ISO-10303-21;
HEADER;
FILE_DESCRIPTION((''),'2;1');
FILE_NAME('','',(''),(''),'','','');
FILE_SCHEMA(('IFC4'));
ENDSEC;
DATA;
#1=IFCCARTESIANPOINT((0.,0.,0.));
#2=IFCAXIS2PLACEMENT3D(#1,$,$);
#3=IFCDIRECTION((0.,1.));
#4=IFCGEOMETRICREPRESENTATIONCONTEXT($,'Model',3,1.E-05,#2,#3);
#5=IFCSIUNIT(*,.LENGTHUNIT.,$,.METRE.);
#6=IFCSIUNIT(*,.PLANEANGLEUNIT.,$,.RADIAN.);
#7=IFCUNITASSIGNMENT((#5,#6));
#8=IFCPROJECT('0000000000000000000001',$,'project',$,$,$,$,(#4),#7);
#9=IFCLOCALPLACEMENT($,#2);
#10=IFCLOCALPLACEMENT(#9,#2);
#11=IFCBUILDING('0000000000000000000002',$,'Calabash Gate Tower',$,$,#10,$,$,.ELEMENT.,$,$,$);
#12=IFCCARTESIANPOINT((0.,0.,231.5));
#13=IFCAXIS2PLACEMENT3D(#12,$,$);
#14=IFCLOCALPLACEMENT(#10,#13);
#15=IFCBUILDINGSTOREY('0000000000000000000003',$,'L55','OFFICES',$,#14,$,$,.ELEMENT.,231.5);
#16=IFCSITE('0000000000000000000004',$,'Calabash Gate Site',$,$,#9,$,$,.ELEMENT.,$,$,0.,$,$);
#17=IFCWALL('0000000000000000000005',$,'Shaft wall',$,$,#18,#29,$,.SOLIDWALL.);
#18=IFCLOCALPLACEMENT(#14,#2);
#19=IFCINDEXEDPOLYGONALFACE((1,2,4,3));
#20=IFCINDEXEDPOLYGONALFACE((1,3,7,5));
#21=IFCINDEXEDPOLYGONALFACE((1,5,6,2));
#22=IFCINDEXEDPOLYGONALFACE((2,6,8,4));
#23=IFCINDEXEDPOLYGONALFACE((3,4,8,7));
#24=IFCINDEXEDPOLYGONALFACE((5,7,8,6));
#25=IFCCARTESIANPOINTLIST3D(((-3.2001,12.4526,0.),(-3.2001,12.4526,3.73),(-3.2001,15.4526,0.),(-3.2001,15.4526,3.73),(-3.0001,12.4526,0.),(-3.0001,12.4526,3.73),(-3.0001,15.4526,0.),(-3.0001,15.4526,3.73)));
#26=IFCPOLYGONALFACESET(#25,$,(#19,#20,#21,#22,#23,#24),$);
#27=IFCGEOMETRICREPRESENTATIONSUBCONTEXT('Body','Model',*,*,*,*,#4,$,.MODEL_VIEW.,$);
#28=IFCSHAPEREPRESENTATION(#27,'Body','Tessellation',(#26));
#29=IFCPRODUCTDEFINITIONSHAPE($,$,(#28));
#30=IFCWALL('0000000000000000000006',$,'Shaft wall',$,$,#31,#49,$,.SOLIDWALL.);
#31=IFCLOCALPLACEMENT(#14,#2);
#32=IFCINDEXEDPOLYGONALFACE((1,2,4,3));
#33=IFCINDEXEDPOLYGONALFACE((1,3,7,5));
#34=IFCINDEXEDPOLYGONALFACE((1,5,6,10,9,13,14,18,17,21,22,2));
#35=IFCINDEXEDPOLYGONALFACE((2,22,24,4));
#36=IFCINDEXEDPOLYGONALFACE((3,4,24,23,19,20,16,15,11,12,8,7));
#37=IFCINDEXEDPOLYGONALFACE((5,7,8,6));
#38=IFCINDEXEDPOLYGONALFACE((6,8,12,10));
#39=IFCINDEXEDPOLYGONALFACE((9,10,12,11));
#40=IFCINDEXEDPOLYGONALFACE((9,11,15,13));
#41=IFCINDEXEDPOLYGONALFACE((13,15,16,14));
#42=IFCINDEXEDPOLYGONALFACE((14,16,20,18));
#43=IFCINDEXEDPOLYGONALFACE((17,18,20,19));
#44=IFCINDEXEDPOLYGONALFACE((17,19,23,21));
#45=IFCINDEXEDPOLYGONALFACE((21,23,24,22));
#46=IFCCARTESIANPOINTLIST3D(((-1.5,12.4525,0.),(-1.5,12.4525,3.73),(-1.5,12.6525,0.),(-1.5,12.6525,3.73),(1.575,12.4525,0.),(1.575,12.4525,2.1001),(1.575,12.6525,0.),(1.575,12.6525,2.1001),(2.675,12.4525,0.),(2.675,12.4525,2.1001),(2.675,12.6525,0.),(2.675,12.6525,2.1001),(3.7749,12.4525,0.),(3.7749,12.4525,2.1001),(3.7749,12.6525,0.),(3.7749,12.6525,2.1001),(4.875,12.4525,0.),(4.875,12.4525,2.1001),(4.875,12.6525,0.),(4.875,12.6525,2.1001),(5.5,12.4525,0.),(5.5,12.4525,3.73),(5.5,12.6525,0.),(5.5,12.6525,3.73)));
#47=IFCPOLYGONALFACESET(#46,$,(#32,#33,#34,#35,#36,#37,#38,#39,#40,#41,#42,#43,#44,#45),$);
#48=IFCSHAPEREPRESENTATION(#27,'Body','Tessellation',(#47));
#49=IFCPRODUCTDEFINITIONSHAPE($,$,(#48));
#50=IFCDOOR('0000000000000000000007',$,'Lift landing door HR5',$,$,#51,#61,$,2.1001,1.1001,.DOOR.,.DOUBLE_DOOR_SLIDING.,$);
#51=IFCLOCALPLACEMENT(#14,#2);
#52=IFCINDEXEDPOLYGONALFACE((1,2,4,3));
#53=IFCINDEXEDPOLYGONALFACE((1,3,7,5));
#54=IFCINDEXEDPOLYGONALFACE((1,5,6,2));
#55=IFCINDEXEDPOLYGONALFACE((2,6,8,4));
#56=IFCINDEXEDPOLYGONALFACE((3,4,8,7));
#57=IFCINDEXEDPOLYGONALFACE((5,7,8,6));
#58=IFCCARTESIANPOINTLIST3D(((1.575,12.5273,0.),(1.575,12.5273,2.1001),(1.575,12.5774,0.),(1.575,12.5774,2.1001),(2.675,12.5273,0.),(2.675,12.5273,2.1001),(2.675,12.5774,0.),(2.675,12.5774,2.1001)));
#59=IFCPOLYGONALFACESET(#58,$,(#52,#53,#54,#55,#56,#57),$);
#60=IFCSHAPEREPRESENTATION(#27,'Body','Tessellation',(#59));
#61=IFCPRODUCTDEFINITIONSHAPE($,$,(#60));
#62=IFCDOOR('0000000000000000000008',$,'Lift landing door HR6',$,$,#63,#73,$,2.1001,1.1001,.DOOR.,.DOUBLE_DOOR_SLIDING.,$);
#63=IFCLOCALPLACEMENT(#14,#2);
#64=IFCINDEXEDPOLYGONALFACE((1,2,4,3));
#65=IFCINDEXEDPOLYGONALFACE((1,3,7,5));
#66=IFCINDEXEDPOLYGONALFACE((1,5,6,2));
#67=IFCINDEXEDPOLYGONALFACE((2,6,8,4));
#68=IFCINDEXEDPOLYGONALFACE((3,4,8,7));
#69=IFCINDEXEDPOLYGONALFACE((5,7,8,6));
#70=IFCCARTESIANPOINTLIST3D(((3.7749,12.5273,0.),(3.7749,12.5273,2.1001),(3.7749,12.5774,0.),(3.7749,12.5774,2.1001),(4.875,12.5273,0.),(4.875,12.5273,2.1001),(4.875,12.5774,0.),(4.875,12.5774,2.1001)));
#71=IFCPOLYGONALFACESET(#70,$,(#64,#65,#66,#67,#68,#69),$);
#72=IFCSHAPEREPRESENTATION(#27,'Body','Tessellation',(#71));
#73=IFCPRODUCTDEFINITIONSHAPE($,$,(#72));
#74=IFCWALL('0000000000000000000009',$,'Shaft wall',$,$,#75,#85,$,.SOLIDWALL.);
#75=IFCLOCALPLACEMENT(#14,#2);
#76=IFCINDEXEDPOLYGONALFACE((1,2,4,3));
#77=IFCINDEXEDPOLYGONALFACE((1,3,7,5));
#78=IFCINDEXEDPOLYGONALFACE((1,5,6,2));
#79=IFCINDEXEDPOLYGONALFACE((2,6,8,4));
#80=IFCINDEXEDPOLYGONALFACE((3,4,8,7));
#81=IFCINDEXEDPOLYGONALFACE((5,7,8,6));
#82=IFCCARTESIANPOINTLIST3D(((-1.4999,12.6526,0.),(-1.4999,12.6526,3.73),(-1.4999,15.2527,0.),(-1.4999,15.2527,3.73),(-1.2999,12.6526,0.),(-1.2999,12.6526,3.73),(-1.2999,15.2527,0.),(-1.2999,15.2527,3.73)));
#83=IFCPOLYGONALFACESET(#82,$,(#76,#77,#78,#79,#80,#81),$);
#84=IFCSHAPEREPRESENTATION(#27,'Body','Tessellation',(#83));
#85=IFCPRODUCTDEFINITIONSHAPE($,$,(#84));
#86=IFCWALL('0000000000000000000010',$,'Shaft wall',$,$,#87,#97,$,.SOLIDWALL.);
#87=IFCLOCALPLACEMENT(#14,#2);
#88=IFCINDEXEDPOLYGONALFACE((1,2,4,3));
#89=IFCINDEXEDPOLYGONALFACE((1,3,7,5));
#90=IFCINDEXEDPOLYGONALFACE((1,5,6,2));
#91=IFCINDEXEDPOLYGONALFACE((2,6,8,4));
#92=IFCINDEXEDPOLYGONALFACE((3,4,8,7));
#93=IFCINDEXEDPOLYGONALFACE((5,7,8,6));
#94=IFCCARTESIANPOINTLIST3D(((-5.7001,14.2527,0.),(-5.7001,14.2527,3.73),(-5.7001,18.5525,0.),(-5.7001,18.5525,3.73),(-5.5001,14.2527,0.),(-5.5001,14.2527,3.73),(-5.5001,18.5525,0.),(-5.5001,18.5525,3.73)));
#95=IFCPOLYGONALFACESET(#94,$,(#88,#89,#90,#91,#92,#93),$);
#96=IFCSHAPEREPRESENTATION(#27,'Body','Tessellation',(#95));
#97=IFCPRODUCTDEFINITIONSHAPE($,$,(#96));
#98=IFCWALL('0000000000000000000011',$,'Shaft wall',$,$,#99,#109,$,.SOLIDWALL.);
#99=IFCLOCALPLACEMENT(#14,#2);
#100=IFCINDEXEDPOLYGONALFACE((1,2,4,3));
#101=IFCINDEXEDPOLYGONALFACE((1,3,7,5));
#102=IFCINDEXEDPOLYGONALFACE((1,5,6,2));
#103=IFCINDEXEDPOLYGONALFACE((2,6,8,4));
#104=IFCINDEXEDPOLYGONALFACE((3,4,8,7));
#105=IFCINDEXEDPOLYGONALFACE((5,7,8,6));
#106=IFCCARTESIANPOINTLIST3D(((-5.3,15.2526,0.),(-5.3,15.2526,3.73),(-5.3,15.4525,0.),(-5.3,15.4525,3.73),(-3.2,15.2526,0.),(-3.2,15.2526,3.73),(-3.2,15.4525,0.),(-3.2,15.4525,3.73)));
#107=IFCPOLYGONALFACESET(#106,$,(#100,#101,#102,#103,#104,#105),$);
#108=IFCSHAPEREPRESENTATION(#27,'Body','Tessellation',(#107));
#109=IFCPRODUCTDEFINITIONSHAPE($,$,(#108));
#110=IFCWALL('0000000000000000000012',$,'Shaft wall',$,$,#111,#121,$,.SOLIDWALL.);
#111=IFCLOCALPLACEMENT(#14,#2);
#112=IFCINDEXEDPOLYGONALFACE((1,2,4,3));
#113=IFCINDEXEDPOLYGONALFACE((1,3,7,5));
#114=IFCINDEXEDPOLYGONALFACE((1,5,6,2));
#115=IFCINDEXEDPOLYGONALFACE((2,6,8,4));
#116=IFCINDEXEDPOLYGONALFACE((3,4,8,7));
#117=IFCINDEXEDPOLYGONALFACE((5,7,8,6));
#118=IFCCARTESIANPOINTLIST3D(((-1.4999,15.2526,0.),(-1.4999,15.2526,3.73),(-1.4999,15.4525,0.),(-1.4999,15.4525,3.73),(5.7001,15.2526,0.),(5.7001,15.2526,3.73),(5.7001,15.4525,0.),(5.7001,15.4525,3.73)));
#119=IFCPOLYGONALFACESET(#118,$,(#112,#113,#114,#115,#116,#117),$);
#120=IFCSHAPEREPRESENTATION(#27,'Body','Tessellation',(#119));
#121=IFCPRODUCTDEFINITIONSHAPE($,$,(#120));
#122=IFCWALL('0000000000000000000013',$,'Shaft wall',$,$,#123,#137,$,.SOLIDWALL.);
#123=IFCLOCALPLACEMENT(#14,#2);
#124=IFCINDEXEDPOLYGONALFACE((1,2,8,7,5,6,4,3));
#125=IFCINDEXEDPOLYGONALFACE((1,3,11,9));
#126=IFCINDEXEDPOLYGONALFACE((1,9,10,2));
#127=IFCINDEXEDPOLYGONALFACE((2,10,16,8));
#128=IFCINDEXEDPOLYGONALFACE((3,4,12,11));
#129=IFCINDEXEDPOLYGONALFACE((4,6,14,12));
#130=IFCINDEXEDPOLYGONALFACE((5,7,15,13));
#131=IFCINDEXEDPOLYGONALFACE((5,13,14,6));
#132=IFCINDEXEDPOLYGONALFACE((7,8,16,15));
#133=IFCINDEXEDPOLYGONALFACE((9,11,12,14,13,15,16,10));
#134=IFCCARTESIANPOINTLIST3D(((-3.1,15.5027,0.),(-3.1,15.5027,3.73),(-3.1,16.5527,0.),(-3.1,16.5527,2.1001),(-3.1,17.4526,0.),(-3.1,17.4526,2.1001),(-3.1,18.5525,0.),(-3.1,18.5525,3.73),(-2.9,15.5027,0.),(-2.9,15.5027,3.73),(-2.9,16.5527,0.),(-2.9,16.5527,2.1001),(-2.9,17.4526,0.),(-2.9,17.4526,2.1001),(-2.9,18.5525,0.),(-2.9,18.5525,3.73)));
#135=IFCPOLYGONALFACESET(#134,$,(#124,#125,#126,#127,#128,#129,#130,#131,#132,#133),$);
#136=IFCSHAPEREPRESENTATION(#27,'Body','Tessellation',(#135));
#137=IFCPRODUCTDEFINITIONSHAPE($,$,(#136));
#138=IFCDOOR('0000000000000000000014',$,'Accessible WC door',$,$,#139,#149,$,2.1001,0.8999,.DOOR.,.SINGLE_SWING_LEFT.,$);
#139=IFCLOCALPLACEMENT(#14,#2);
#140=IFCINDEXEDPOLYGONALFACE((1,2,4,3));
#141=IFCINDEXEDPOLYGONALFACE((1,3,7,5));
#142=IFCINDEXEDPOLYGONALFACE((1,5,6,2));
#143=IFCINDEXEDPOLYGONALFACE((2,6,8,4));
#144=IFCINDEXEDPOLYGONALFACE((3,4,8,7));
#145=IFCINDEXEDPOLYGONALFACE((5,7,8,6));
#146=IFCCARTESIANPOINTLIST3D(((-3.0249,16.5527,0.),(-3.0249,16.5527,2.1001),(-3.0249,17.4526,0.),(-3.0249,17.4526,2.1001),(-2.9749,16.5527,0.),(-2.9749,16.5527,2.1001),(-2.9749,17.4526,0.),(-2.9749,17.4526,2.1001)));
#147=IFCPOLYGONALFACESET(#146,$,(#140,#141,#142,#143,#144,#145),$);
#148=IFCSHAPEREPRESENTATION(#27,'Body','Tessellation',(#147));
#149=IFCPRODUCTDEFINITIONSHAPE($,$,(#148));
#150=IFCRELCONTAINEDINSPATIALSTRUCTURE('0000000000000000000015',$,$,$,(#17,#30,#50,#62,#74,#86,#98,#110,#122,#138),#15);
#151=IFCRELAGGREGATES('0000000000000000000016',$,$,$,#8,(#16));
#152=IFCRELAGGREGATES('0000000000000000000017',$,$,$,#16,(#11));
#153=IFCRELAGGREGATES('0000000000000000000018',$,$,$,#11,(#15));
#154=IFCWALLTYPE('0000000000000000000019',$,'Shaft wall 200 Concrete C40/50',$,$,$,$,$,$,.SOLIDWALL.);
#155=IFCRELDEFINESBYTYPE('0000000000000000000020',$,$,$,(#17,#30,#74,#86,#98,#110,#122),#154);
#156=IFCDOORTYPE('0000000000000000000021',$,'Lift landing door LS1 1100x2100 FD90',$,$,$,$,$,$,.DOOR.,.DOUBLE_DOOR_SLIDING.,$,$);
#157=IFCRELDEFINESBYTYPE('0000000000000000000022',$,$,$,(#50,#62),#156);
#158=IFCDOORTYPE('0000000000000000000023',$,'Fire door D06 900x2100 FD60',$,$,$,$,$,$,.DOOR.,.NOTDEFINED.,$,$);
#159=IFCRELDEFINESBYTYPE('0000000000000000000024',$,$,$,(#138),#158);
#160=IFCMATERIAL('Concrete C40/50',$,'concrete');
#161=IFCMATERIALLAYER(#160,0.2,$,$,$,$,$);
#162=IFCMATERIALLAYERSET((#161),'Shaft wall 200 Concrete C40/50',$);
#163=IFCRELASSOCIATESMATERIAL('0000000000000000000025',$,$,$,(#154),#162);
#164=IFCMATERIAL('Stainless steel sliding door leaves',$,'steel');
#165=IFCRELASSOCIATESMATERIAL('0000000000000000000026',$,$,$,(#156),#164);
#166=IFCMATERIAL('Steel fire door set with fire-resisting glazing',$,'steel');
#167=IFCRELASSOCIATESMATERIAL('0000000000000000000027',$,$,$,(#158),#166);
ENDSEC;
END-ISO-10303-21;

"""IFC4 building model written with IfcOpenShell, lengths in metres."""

from ifc_helpers import new_model, si_unit, direction, frame, frame_2d, origin, place, context, subcontext, project, spatial, rectangle, extrude, material, layer, layer_set, type_object, element, fill, save


model = new_model("IFC4")

# Units and contexts
model_context = context("Model", 3, precision=1e-05, world=origin(), true_north=direction((0.0, 1.0)))
body_context = subcontext(model_context, "Body", "Model", "MODEL_VIEW")
ifc_project = project(units=[si_unit("LENGTHUNIT", "METRE"), si_unit("PLANEANGLEUNIT", "RADIAN")], contexts=[model_context])

# Site, building, storey
site_placement = place(None, origin())
site = spatial("IfcSite", under=ifc_project, at=site_placement, Name="Calabash Gate Site", CompositionType="ELEMENT", RefElevation=0.0)
building_placement = place(site_placement, origin())
building = spatial("IfcBuilding", under=site, at=building_placement, Name="Calabash Gate Tower", CompositionType="ELEMENT")
storey_placement = place(building_placement, frame((0.0, 0.0, 231.5)))
storey = spatial("IfcBuildingStorey", under=building, at=storey_placement, Name="L55", Description="OFFICES", CompositionType="ELEMENT", Elevation=231.5)

# Shared definitions
ifc_material_1 = material(Name="Concrete C40/50", Category="concrete")
ifc_layer = layer(ifc_material_1, 0.2)
ifc_layer_set = layer_set([ifc_layer], Name="Shaft wall 200 Concrete C40/50")
wall_type = type_object("IfcWallType", Name="Shaft wall 200 Concrete C40/50", PredefinedType="SOLIDWALL", material=ifc_layer_set)

# Shared definitions
ifc_material_2 = material(Name="Stainless steel sliding door leaves", Category="steel")
door_type_1 = type_object("IfcDoorType", Name="Lift landing door LS1 1100x2100 FD90", OperationType="DOUBLE_DOOR_SLIDING", PredefinedType="DOOR", material=ifc_material_2)

# Shared definitions
ifc_material_3 = material(Name="Steel fire door set with fire-resisting glazing", Category="steel")
door_type_2 = type_object("IfcDoorType", Name="Fire door D06 900x2100 FD60", OperationType="NOTDEFINED", PredefinedType="DOOR", material=ifc_material_3)

# Wall
wall_1_placement = place(storey_placement, frame((-3.1001, 12.4526, 0.0), z_axis=(0.0, 0.0, 1.0), x_axis=(0.0, 1.0, 0.0)))
element("IfcWall", 1, at=wall_1_placement, inside=storey, type_object=wall_type, Name="Shaft wall", PredefinedType="SOLIDWALL", context=body_context, shape_type="SweptSolid", body=[
    extrude(rectangle(XDim=3.0, YDim=0.2, at=frame_2d((1.5, 0.0))), origin(), (0.0, 0.0, 1.0), 3.73),
])

# Wall, openings, doors
wall_2_placement = place(storey_placement, frame((-1.5, 12.5525, 0.0), z_axis=(0.0, 0.0, 1.0), x_axis=(1.0, 0.0, 0.0)))
wall_2 = element("IfcWall", 2, at=wall_2_placement, inside=storey, type_object=wall_type, Name="Shaft wall", PredefinedType="SOLIDWALL", context=body_context, shape_type="SweptSolid", body=[
    extrude(rectangle(XDim=7.0, YDim=0.2, at=frame_2d((3.5, 0.0))), origin(), (0.0, 0.0, 1.0), 3.73),
])
opening_1_placement = place(wall_2_placement, frame((3.075, 0.0, 0.0)))
opening_1 = element("IfcOpeningElement", 3, at=opening_1_placement, cuts=wall_2, PredefinedType="OPENING", context=body_context, shape_type="SweptSolid", body=[
    extrude(rectangle(XDim=1.1001, YDim=2.1001, at=frame_2d((0.55, 1.05))), frame((0.0, 0.1099, 0.0), z_axis=(0.0, -1.0, 0.0), x_axis=(1.0, 0.0, 0.0)), (0.0, 0.0, 1.0), 0.22),
])
opening_2_placement = place(wall_2_placement, frame((5.2749, 0.0, 0.0)))
opening_2 = element("IfcOpeningElement", 4, at=opening_2_placement, cuts=wall_2, PredefinedType="OPENING", context=body_context, shape_type="SweptSolid", body=[
    extrude(rectangle(XDim=1.1001, YDim=2.1001, at=frame_2d((0.55, 1.05))), frame((0.0, 0.1099, 0.0), z_axis=(0.0, -1.0, 0.0), x_axis=(1.0, 0.0, 0.0)), (0.0, 0.0, 1.0), 0.22),
])
door_1_placement = place(opening_1_placement, origin())
door_1 = element("IfcDoor", 5, at=door_1_placement, inside=storey, type_object=door_type_1, Name="Lift landing door HR5", OperationType="DOUBLE_DOOR_SLIDING", OverallHeight=2.1001, OverallWidth=1.1001, PredefinedType="DOOR", context=body_context, shape_type="SweptSolid", body=[
    extrude(rectangle(XDim=1.1001, YDim=2.1001, at=frame_2d((0.55, 1.05))), frame((0.0, 0.0249, 0.0), z_axis=(0.0, -1.0, 0.0), x_axis=(1.0, 0.0, 0.0)), (0.0, 0.0, 1.0), 0.05),
])
fill(opening_1, door_1)
door_2_placement = place(opening_2_placement, origin())
door_2 = element("IfcDoor", 6, at=door_2_placement, inside=storey, type_object=door_type_1, Name="Lift landing door HR6", OperationType="DOUBLE_DOOR_SLIDING", OverallHeight=2.1001, OverallWidth=1.1001, PredefinedType="DOOR", context=body_context, shape_type="SweptSolid", body=[
    extrude(rectangle(XDim=1.1001, YDim=2.1001, at=frame_2d((0.55, 1.05))), frame((0.0, 0.0249, 0.0), z_axis=(0.0, -1.0, 0.0), x_axis=(1.0, 0.0, 0.0)), (0.0, 0.0, 1.0), 0.05),
])
fill(opening_2, door_2)

# Walls
wall_3_placement = place(storey_placement, frame((-1.3999, 12.6526, 0.0), z_axis=(0.0, 0.0, 1.0), x_axis=(0.0, 1.0, 0.0)))
element("IfcWall", 7, at=wall_3_placement, inside=storey, type_object=wall_type, Name="Shaft wall", PredefinedType="SOLIDWALL", context=body_context, shape_type="SweptSolid", body=[
    extrude(rectangle(XDim=2.6001, YDim=0.2, at=frame_2d((1.3, 0.0))), origin(), (0.0, 0.0, 1.0), 3.73),
])
wall_4_placement = place(storey_placement, frame((-5.6001, 14.2527, 0.0), z_axis=(0.0, 0.0, 1.0), x_axis=(0.0, 1.0, 0.0)))
element("IfcWall", 8, at=wall_4_placement, inside=storey, type_object=wall_type, Name="Shaft wall", PredefinedType="SOLIDWALL", context=body_context, shape_type="SweptSolid", body=[
    extrude(rectangle(XDim=4.2998, YDim=0.2, at=frame_2d((2.1499, 0.0))), origin(), (0.0, 0.0, 1.0), 3.73),
])
wall_5_placement = place(storey_placement, frame((-5.3, 15.3525, 0.0), z_axis=(0.0, 0.0, 1.0), x_axis=(1.0, 0.0, 0.0)))
element("IfcWall", 9, at=wall_5_placement, inside=storey, type_object=wall_type, Name="Shaft wall", PredefinedType="SOLIDWALL", context=body_context, shape_type="SweptSolid", body=[
    extrude(rectangle(XDim=2.1001, YDim=0.2, at=frame_2d((1.05, 0.0))), origin(), (0.0, 0.0, 1.0), 3.73),
])
wall_6_placement = place(storey_placement, frame((-1.5, 15.3525, 0.0), z_axis=(0.0, 0.0, 1.0), x_axis=(1.0, 0.0, 0.0)))
element("IfcWall", 10, at=wall_6_placement, inside=storey, type_object=wall_type, Name="Shaft wall", PredefinedType="SOLIDWALL", context=body_context, shape_type="SweptSolid", body=[
    extrude(rectangle(XDim=7.2, YDim=0.2, at=frame_2d((3.6001, 0.0))), origin(), (0.0, 0.0, 1.0), 3.73),
])

# Wall, opening, door
wall_7_placement = place(storey_placement, frame((-3.0, 15.5027, 0.0), z_axis=(0.0, 0.0, 1.0), x_axis=(0.0, 1.0, 0.0)))
wall_7 = element("IfcWall", 11, at=wall_7_placement, inside=storey, type_object=wall_type, Name="Shaft wall", PredefinedType="SOLIDWALL", context=body_context, shape_type="SweptSolid", body=[
    extrude(rectangle(XDim=3.0498, YDim=0.2, at=frame_2d((1.5249, 0.0))), origin(), (0.0, 0.0, 1.0), 3.73),
])
opening_3_placement = place(wall_7_placement, frame((1.05, 0.0, 0.0)))
opening_3 = element("IfcOpeningElement", 12, at=opening_3_placement, cuts=wall_7, PredefinedType="OPENING", context=body_context, shape_type="SweptSolid", body=[
    extrude(rectangle(XDim=0.8999, YDim=2.1001, at=frame_2d((0.45, 1.05))), frame((0.0, 0.1099, 0.0), z_axis=(0.0, -1.0, 0.0), x_axis=(1.0, 0.0, 0.0)), (0.0, 0.0, 1.0), 0.22),
])
door_3_placement = place(opening_3_placement, origin())
door_3 = element("IfcDoor", 13, at=door_3_placement, inside=storey, type_object=door_type_2, Name="Accessible WC door", OperationType="SINGLE_SWING_LEFT", OverallHeight=2.1001, OverallWidth=0.8999, PredefinedType="DOOR", context=body_context, shape_type="SweptSolid", body=[
    extrude(rectangle(XDim=0.8999, YDim=2.1001, at=frame_2d((0.45, 1.05))), frame((0.0, 0.0249, 0.0), z_axis=(0.0, -1.0, 0.0), x_axis=(1.0, 0.0, 0.0)), (0.0, 0.0, 1.0), 0.05),
])
fill(opening_3, door_3)

save(model, "model.ifc")
